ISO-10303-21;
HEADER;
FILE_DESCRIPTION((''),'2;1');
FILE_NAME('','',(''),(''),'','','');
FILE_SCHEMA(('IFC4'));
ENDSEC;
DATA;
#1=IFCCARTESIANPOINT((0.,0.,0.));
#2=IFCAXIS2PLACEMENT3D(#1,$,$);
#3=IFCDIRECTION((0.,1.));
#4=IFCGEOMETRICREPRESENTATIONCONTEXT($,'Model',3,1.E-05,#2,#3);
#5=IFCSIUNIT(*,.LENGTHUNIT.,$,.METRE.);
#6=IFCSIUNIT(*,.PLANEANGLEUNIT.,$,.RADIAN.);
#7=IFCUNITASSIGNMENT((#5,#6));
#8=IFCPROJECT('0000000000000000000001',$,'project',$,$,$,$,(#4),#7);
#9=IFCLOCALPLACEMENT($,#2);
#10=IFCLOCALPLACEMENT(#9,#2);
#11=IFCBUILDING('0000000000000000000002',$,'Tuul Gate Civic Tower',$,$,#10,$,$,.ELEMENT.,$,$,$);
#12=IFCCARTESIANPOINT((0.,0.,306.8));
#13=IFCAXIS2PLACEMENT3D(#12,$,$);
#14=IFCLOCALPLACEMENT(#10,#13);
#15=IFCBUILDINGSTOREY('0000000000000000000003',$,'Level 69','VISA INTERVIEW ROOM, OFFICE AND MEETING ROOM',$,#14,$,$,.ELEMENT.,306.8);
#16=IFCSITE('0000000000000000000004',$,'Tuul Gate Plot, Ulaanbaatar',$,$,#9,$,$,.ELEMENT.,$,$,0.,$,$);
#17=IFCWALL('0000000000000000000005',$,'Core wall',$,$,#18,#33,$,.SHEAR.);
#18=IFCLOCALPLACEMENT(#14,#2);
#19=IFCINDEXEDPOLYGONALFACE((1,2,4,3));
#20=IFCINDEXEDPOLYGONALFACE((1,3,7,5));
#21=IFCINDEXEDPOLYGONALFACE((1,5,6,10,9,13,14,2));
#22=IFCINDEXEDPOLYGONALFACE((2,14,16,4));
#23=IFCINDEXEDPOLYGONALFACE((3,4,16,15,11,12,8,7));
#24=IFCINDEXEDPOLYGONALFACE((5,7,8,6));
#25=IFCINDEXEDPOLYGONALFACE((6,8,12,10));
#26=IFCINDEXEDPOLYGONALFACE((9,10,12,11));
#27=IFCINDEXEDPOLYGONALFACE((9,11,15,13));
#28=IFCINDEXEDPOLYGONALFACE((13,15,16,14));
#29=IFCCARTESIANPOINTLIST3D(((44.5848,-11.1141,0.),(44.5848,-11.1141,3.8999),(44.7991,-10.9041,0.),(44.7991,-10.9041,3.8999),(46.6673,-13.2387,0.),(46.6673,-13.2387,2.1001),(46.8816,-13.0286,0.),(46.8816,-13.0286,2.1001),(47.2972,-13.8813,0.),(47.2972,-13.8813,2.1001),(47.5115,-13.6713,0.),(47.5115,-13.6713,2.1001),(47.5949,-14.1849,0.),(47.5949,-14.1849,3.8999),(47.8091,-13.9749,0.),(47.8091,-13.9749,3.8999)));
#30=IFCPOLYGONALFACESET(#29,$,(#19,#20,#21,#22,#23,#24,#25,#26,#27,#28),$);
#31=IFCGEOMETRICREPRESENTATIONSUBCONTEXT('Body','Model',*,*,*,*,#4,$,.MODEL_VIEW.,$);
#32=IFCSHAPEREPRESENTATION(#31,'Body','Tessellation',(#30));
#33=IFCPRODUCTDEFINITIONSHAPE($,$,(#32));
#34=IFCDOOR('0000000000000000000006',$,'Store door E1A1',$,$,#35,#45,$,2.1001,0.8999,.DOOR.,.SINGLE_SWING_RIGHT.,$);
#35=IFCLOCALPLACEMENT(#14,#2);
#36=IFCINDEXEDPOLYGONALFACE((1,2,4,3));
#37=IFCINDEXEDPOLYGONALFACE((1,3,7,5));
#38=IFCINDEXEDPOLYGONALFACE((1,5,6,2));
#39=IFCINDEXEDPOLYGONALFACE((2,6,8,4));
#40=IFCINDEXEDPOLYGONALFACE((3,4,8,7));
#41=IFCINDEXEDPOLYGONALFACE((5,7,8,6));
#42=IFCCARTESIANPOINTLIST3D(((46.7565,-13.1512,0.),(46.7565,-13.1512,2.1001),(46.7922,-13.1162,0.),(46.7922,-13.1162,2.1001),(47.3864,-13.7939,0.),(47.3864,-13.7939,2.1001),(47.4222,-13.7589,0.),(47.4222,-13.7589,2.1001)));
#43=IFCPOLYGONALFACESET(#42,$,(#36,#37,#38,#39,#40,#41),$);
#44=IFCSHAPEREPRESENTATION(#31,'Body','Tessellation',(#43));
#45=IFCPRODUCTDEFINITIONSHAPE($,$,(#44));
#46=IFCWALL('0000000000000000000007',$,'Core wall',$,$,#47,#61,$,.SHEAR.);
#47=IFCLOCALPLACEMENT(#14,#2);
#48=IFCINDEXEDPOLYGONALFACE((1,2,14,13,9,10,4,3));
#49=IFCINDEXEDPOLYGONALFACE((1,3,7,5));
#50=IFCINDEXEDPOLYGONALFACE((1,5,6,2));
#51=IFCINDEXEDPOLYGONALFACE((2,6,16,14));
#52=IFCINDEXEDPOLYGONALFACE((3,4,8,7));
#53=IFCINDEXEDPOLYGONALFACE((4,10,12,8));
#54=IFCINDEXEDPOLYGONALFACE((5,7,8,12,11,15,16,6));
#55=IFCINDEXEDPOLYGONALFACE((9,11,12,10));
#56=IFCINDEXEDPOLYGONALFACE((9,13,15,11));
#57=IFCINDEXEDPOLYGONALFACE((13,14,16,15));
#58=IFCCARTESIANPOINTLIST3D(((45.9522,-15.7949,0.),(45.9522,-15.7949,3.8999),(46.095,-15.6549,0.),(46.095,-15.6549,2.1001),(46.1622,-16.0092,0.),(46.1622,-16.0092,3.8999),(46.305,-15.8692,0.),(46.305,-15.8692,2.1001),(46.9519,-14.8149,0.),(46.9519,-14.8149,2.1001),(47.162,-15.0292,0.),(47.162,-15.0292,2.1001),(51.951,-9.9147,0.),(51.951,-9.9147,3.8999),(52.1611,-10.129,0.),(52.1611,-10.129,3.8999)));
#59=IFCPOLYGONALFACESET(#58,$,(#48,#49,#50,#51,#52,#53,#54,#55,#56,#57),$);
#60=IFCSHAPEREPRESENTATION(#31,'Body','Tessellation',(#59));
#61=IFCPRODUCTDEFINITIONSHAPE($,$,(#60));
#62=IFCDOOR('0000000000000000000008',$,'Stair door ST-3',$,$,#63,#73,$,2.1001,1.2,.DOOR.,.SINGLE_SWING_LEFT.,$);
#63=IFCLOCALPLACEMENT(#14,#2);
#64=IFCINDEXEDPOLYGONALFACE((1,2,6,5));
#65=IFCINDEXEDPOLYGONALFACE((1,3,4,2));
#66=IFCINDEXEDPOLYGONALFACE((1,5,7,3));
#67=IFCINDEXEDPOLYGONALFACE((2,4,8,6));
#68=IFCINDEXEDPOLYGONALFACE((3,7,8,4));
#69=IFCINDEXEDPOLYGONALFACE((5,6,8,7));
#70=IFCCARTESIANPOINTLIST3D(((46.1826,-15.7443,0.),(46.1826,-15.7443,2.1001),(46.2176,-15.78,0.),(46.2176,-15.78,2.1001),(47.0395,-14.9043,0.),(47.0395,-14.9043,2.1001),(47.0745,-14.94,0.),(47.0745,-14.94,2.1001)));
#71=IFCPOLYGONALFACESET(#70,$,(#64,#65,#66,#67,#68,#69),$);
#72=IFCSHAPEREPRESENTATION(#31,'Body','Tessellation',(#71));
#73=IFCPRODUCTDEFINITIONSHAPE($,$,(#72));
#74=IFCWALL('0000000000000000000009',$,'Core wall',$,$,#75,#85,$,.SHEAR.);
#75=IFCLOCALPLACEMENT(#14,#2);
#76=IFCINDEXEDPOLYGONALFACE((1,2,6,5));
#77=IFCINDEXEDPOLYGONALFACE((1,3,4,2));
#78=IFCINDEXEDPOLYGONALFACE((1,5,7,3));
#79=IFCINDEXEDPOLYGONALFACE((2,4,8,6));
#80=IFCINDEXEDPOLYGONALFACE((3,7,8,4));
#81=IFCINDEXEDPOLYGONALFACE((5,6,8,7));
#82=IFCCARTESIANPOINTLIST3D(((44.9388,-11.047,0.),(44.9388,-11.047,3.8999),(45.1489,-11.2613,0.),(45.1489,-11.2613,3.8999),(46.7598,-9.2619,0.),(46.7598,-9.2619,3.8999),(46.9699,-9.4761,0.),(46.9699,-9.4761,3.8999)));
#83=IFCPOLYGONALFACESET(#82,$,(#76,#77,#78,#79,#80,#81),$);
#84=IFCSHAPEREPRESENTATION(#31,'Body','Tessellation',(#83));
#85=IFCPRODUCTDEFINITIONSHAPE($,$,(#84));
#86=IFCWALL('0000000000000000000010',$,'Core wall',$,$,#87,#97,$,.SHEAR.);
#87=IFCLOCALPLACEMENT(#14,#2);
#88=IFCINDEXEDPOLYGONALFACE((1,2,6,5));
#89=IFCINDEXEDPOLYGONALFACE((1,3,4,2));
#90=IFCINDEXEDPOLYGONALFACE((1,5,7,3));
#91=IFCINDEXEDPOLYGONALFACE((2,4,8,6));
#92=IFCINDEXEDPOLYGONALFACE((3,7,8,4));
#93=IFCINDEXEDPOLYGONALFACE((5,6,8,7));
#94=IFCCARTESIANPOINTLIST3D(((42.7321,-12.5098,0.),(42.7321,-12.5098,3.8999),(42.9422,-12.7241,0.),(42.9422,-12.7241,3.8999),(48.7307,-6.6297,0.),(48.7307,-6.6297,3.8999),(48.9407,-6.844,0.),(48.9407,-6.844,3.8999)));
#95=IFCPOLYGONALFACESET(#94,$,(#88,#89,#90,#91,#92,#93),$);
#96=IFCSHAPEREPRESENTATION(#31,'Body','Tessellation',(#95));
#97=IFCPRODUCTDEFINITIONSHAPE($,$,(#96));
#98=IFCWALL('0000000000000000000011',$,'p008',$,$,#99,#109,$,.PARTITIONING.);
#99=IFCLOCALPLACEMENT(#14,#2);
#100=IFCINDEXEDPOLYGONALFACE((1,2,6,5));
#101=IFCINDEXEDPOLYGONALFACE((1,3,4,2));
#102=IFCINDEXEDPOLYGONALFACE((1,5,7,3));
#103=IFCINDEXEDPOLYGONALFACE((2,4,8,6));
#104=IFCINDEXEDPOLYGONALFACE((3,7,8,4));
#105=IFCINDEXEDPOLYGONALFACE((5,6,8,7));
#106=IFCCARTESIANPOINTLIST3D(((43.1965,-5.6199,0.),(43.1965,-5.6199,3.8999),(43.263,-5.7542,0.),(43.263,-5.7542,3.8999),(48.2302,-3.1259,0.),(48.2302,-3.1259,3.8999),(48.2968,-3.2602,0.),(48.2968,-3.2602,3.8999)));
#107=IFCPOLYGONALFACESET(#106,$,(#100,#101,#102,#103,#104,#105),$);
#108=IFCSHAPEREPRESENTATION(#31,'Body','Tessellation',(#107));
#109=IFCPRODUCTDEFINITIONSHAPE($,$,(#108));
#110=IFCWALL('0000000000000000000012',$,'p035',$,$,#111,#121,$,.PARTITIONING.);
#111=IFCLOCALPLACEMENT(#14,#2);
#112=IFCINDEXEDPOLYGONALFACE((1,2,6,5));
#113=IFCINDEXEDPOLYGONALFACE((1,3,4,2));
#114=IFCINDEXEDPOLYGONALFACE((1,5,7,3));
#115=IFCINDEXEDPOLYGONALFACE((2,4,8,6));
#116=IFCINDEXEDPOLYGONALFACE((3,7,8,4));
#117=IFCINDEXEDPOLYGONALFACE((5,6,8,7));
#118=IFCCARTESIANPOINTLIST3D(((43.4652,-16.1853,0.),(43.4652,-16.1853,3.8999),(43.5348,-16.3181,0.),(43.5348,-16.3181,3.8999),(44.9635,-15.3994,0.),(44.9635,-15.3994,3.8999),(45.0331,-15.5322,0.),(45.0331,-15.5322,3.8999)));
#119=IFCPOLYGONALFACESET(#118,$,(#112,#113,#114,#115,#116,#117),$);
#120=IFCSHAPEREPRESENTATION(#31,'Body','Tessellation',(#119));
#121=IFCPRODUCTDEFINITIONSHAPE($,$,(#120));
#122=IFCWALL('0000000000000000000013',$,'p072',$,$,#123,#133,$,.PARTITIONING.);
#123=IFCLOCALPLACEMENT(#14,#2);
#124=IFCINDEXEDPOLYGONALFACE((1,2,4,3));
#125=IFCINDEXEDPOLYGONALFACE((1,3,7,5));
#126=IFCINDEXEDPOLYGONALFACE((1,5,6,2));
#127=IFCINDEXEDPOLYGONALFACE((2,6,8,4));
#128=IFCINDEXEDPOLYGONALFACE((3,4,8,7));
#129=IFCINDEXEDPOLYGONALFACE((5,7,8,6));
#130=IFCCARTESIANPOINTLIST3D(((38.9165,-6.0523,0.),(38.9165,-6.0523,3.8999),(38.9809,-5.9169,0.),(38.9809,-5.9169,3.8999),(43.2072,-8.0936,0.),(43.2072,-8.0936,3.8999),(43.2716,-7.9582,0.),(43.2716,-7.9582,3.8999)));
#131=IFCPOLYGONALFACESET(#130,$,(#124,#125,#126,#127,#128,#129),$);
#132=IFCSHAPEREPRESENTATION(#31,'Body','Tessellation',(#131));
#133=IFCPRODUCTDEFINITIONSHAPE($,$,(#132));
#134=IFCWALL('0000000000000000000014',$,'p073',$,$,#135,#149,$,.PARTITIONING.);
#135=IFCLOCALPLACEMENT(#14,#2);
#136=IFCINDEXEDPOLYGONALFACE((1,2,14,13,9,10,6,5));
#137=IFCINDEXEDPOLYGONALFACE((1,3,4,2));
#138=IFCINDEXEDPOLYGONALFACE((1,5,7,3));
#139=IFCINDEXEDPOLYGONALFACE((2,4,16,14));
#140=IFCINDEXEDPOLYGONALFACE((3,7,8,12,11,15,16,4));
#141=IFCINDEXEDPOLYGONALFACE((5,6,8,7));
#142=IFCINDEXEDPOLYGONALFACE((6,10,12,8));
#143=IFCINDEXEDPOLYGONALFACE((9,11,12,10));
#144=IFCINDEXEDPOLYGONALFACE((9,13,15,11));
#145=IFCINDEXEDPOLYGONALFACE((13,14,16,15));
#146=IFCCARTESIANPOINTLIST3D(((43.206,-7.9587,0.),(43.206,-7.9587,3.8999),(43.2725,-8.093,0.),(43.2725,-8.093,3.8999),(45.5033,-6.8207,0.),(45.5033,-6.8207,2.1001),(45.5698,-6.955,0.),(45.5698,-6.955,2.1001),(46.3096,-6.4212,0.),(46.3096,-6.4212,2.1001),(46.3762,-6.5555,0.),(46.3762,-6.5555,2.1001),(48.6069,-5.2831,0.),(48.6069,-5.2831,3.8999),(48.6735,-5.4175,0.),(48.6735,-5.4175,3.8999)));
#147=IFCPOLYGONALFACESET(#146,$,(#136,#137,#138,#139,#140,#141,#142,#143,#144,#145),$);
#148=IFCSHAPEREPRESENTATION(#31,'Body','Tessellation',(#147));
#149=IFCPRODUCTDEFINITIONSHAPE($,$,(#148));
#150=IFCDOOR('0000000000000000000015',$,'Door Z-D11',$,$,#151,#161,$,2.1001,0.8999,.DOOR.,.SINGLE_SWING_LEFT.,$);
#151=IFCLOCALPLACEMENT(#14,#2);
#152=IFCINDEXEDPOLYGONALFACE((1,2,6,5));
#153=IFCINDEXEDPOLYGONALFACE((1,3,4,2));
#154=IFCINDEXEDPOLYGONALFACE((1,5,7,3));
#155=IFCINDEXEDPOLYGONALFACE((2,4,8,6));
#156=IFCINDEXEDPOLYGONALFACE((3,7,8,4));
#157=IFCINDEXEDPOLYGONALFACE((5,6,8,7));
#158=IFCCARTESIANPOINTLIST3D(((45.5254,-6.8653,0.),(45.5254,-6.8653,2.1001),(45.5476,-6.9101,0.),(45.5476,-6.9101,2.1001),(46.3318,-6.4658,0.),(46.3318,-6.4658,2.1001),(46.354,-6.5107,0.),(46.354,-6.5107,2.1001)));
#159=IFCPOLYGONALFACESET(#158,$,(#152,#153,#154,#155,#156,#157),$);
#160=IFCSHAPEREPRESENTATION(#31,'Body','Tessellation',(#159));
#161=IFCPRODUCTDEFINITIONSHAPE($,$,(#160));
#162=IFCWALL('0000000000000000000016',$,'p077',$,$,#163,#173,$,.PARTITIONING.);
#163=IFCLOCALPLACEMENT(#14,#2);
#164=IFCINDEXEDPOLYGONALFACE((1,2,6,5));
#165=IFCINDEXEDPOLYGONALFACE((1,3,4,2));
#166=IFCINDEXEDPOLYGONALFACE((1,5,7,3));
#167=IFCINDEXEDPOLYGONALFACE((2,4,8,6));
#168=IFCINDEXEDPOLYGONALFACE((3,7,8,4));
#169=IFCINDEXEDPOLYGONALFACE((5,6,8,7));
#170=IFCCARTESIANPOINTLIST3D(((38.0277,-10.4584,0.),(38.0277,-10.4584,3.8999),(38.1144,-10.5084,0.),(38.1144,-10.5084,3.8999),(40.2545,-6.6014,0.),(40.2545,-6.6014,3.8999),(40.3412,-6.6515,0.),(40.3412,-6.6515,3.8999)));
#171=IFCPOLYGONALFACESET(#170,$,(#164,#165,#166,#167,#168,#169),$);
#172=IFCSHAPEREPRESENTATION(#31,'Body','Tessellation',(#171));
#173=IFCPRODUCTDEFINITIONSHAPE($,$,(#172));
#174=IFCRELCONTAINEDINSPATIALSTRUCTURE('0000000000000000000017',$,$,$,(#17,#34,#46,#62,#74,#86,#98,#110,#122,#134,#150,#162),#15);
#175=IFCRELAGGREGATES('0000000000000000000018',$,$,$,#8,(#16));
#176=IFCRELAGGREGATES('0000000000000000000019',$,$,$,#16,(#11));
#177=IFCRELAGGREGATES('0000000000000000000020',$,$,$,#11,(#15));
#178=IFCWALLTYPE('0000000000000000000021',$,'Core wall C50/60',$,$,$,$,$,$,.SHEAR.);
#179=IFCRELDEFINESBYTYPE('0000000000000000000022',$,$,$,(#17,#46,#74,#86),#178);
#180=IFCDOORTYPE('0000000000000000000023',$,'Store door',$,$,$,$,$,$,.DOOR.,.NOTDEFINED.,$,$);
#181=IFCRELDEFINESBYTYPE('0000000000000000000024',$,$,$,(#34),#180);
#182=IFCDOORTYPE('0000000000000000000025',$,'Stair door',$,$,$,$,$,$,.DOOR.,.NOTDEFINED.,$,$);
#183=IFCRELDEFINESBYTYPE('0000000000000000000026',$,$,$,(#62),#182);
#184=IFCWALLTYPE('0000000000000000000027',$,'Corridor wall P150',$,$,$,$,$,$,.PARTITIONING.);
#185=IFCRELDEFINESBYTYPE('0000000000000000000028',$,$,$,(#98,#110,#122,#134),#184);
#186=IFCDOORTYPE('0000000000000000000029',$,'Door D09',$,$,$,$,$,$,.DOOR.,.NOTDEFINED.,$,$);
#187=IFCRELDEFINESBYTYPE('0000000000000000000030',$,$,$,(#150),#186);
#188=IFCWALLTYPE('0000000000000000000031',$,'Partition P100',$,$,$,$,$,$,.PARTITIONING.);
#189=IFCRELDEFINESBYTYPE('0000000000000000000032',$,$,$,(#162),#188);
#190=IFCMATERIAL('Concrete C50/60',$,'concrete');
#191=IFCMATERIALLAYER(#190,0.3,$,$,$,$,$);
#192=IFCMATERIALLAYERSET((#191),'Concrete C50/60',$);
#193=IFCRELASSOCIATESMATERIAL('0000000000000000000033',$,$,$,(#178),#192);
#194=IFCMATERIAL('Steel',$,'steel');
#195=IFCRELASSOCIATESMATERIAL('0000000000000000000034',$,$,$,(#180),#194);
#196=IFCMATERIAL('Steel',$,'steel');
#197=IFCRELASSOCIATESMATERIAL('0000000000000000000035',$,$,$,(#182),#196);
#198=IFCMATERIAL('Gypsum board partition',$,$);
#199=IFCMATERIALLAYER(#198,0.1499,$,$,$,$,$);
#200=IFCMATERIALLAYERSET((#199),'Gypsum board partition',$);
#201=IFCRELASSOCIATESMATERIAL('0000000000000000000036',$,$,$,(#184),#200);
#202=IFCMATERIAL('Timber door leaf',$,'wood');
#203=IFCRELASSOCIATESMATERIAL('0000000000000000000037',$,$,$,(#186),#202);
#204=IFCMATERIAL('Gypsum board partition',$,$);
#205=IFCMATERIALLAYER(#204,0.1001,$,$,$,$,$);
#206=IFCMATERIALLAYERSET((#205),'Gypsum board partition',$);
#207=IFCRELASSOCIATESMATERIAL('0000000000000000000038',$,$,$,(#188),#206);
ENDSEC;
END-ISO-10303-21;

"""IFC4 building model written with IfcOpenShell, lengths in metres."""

from ifc_helpers import new_model, si_unit, direction, frame, frame_2d, origin, place, context, subcontext, project, spatial, rectangle, extrude, material, layer, layer_set, type_object, element, fill, save


model = new_model("IFC4")

# Units and contexts
model_context = context("Model", 3, precision=1e-05, world=origin(), true_north=direction((0.0, 1.0)))
body_context = subcontext(model_context, "Body", "Model", "MODEL_VIEW")
ifc_project = project(units=[si_unit("LENGTHUNIT", "METRE"), si_unit("PLANEANGLEUNIT", "RADIAN")], contexts=[model_context])

# Site, building, storey
site_placement = place(None, origin())
site = spatial("IfcSite", under=ifc_project, at=site_placement, Name="Tuul Gate Plot, Ulaanbaatar", CompositionType="ELEMENT", RefElevation=0.0)
building_placement = place(site_placement, origin())
building = spatial("IfcBuilding", under=site, at=building_placement, Name="Tuul Gate Civic Tower", CompositionType="ELEMENT")
storey_placement = place(building_placement, frame((0.0, 0.0, 306.8)))
storey = spatial("IfcBuildingStorey", under=building, at=storey_placement, Name="Level 69", Description="VISA INTERVIEW ROOM, OFFICE AND MEETING ROOM", CompositionType="ELEMENT", Elevation=306.8)

# Walls, openings, doors
ifc_material_1 = material(Name="Concrete C50/60", Category="concrete")
ifc_layer_1 = layer(ifc_material_1, 0.3)
ifc_layer_set_1 = layer_set([ifc_layer_1], Name="Concrete C50/60")
wall_type_1 = type_object("IfcWallType", Name="Core wall C50/60", PredefinedType="SHEAR", material=ifc_layer_set_1)
wall_1_placement = place(storey_placement, frame((47.7019, -14.0798, 0.0), z_axis=(0.0, 0.0, 1.0), x_axis=(-0.700003, 0.71414, 0.0)))
wall_1 = element("IfcWall", 1, at=wall_1_placement, inside=storey, type_object=wall_type_1, Name="Core wall", PredefinedType="SHEAR", context=body_context, shape_type="SweptSolid", body=[
    extrude(rectangle(XDim=4.3, YDim=0.3, at=frame_2d((2.1499, 0.0))), origin(), (0.0, 0.0, 1.0), 3.8999),
])
opening_1_placement = place(wall_1_placement, frame((0.425, 0.0, 0.0)))
opening_1 = element("IfcOpeningElement", 2, at=opening_1_placement, cuts=wall_1, PredefinedType="OPENING", context=body_context, shape_type="SweptSolid", body=[
    extrude(rectangle(XDim=0.8999, YDim=2.1001, at=frame_2d((0.45, 1.05))), frame((0.0, 0.1602, 0.0), z_axis=(0.0, -1.0, 0.0), x_axis=(1.0, 0.0, 0.0)), (0.0, 0.0, 1.0), 0.3201),
])
ifc_material_2 = material(Name="Steel", Category="steel")
door_type_1 = type_object("IfcDoorType", Name="Store door", OperationType="NOTDEFINED", PredefinedType="DOOR", material=ifc_material_2)
door_1_placement = place(opening_1_placement, frame((0.8999, 0.0, 0.0), z_axis=(0.0, 0.0, 1.0), x_axis=(-1.0, 0.0, 0.0)))
door_1 = element("IfcDoor", 3, at=door_1_placement, inside=storey, type_object=door_type_1, Name="Store door E1A1", OperationType="SINGLE_SWING_RIGHT", OverallHeight=2.1001, OverallWidth=0.8999, PredefinedType="DOOR", context=body_context, shape_type="SweptSolid", body=[
    extrude(rectangle(XDim=0.8999, YDim=2.1001, at=frame_2d((0.45, 1.05))), frame((0.0, 0.0249, 0.0), z_axis=(0.0, -1.0, 0.0), x_axis=(1.0, 0.0, 0.0)), (0.0, 0.0, 1.0), 0.05),
])
fill(opening_1, door_1)
wall_2_placement = place(storey_placement, frame((46.0571, -15.9021, 0.0), z_axis=(0.0, 0.0, 1.0), x_axis=(0.714134, 0.700009, 0.0)))
wall_2 = element("IfcWall", 4, at=wall_2_placement, inside=storey, type_object=wall_type_1, Name="Core wall", PredefinedType="SHEAR", context=body_context, shape_type="SweptSolid", body=[
    extrude(rectangle(XDim=8.4001, YDim=0.3, at=frame_2d((4.2002, 0.0))), origin(), (0.0, 0.0, 1.0), 3.8999),
])
opening_2_placement = place(wall_2_placement, frame((0.2, 0.0, 0.0)))
opening_2 = element("IfcOpeningElement", 5, at=opening_2_placement, cuts=wall_2, PredefinedType="OPENING", context=body_context, shape_type="SweptSolid", body=[
    extrude(rectangle(XDim=1.2, YDim=2.1001, at=frame_2d((0.6001, 1.05))), frame((0.0, 0.1602, 0.0), z_axis=(0.0, -1.0, 0.0), x_axis=(1.0, 0.0, 0.0)), (0.0, 0.0, 1.0), 0.3201),
])
ifc_material_3 = material(Name="Steel", Category="steel")
door_type_2 = type_object("IfcDoorType", Name="Stair door", OperationType="NOTDEFINED", PredefinedType="DOOR", material=ifc_material_3)
door_2_placement = place(opening_2_placement, origin())
door_2 = element("IfcDoor", 6, at=door_2_placement, inside=storey, type_object=door_type_2, Name="Stair door ST-3", OperationType="SINGLE_SWING_LEFT", OverallHeight=2.1001, OverallWidth=1.2, PredefinedType="DOOR", context=body_context, shape_type="SweptSolid", body=[
    extrude(rectangle(XDim=1.2, YDim=2.1001, at=frame_2d((0.6001, 1.05))), frame((0.0, 0.0249, 0.0), z_axis=(0.0, -1.0, 0.0), x_axis=(1.0, 0.0, 0.0)), (0.0, 0.0, 1.0), 0.05),
])
fill(opening_2, door_2)

# Walls
wall_3_placement = place(storey_placement, frame((45.0439, -11.1541, 0.0), z_axis=(0.0, 0.0, 1.0), x_axis=(0.714108, 0.700035, 0.0)))
element("IfcWall", 7, at=wall_3_placement, inside=storey, type_object=wall_type_1, Name="Core wall", PredefinedType="SHEAR", context=body_context, shape_type="SweptSolid", body=[
    extrude(rectangle(XDim=2.55, YDim=0.3, at=frame_2d((1.2749, 0.0))), origin(), (0.0, 0.0, 1.0), 3.8999),
])
wall_4_placement = place(storey_placement, frame((42.8372, -12.6169, 0.0), z_axis=(0.0, 0.0, 1.0), x_axis=(0.71412, 0.700023, 0.0)))
element("IfcWall", 8, at=wall_4_placement, inside=storey, type_object=wall_type_1, Name="Core wall", PredefinedType="SHEAR", context=body_context, shape_type="SweptSolid", body=[
    extrude(rectangle(XDim=8.3999, YDim=0.3, at=frame_2d((4.2, 0.0))), origin(), (0.0, 0.0, 1.0), 3.8999),
])
ifc_material_4 = material(Name="Gypsum board partition")
ifc_layer_2 = layer(ifc_material_4, 0.1499)
ifc_layer_set_2 = layer_set([ifc_layer_2], Name="Gypsum board partition")
wall_type_2 = type_object("IfcWallType", Name="Corridor wall P150", PredefinedType="PARTITIONING", material=ifc_layer_set_2)
wall_5_placement = place(storey_placement, frame((43.2297, -5.687, 0.0), z_axis=(0.0, 0.0, 1.0), x_axis=(0.896055, 0.443942, 0.0)))
element("IfcWall", 9, at=wall_5_placement, inside=storey, type_object=wall_type_2, Name="p008", PredefinedType="PARTITIONING", context=body_context, shape_type="SweptSolid", body=[
    extrude(rectangle(XDim=5.6177, YDim=0.1499, at=frame_2d((2.8088, 0.0))), origin(), (0.0, 0.0, 1.0), 3.8999),
])
wall_6_placement = place(storey_placement, frame((43.5, -16.2517, 0.0), z_axis=(0.0, 0.0, 1.0), x_axis=(0.885572, 0.464503, 0.0)))
element("IfcWall", 10, at=wall_6_placement, inside=storey, type_object=wall_type_2, Name="p035", PredefinedType="PARTITIONING", context=body_context, shape_type="SweptSolid", body=[
    extrude(rectangle(XDim=1.6919, YDim=0.1499, at=frame_2d((0.8459, 0.0))), origin(), (0.0, 0.0, 1.0), 3.8999),
])
wall_7_placement = place(storey_placement, frame((38.9487, -5.9846, 0.0), z_axis=(0.0, 0.0, 1.0), x_axis=(0.903011, -0.429616, 0.0)))
element("IfcWall", 11, at=wall_7_placement, inside=storey, type_object=wall_type_2, Name="p072", PredefinedType="PARTITIONING", context=body_context, shape_type="SweptSolid", body=[
    extrude(rectangle(XDim=4.7515, YDim=0.1499, at=frame_2d((2.3757, 0.0))), origin(), (0.0, 0.0, 1.0), 3.8999),
])

# Wall, opening, door
wall_8_placement = place(storey_placement, frame((43.2393, -8.0259, 0.0), z_axis=(0.0, 0.0, 1.0), x_axis=(0.896074, 0.443905, 0.0)))
wall_8 = element("IfcWall", 12, at=wall_8_placement, inside=storey, type_object=wall_type_2, Name="p073", PredefinedType="PARTITIONING", context=body_context, shape_type="SweptSolid", body=[
    extrude(rectangle(XDim=6.0273, YDim=0.1499, at=frame_2d((3.0137, 0.0))), origin(), (0.0, 0.0, 1.0), 3.8999),
])
opening_3_placement = place(wall_8_placement, frame((2.5637, 0.0, 0.0)))
opening_3 = element("IfcOpeningElement", 13, at=opening_3_placement, cuts=wall_8, PredefinedType="OPENING", context=body_context, shape_type="SweptSolid", body=[
    extrude(rectangle(XDim=0.8999, YDim=2.1001, at=frame_2d((0.45, 1.05))), frame((0.0, 0.085, 0.0), z_axis=(0.0, -1.0, 0.0), x_axis=(1.0, 0.0, 0.0)), (0.0, 0.0, 1.0), 0.1699),
])
ifc_material_5 = material(Name="Timber door leaf", Category="wood")
door_type_3 = type_object("IfcDoorType", Name="Door D09", OperationType="NOTDEFINED", PredefinedType="DOOR", material=ifc_material_5)
door_3_placement = place(opening_3_placement, frame((0.8999, 0.0, 0.0), z_axis=(0.0, 0.0, 1.0), x_axis=(-1.0, 0.0, 0.0)))
door_3 = element("IfcDoor", 14, at=door_3_placement, inside=storey, type_object=door_type_3, Name="Door Z-D11", OperationType="SINGLE_SWING_LEFT", OverallHeight=2.1001, OverallWidth=0.8999, PredefinedType="DOOR", context=body_context, shape_type="SweptSolid", body=[
    extrude(rectangle(XDim=0.8999, YDim=2.1001, at=frame_2d((0.45, 1.05))), frame((0.0, 0.0249, 0.0), z_axis=(0.0, -1.0, 0.0), x_axis=(1.0, 0.0, 0.0)), (0.0, 0.0, 1.0), 0.05),
])
fill(opening_3, door_3)

# Wall
ifc_material_6 = material(Name="Gypsum board partition")
ifc_layer_3 = layer(ifc_material_6, 0.1001)
ifc_layer_set_3 = layer_set([ifc_layer_3], Name="Gypsum board partition")
wall_type_3 = type_object("IfcWallType", Name="Partition P100", PredefinedType="PARTITIONING", material=ifc_layer_set_3)
wall_9_placement = place(storey_placement, frame((38.071, -10.4834, 0.0), z_axis=(0.0, 0.0, 1.0), x_axis=(0.500001, 0.866025, 0.0)))
element("IfcWall", 15, at=wall_9_placement, inside=storey, type_object=wall_type_3, Name="p077", PredefinedType="PARTITIONING", context=body_context, shape_type="SweptSolid", body=[
    extrude(rectangle(XDim=4.4536, YDim=0.1001, at=frame_2d((2.2268, 0.0))), origin(), (0.0, 0.0, 1.0), 3.8999),
])

save(model, "model.ifc")
